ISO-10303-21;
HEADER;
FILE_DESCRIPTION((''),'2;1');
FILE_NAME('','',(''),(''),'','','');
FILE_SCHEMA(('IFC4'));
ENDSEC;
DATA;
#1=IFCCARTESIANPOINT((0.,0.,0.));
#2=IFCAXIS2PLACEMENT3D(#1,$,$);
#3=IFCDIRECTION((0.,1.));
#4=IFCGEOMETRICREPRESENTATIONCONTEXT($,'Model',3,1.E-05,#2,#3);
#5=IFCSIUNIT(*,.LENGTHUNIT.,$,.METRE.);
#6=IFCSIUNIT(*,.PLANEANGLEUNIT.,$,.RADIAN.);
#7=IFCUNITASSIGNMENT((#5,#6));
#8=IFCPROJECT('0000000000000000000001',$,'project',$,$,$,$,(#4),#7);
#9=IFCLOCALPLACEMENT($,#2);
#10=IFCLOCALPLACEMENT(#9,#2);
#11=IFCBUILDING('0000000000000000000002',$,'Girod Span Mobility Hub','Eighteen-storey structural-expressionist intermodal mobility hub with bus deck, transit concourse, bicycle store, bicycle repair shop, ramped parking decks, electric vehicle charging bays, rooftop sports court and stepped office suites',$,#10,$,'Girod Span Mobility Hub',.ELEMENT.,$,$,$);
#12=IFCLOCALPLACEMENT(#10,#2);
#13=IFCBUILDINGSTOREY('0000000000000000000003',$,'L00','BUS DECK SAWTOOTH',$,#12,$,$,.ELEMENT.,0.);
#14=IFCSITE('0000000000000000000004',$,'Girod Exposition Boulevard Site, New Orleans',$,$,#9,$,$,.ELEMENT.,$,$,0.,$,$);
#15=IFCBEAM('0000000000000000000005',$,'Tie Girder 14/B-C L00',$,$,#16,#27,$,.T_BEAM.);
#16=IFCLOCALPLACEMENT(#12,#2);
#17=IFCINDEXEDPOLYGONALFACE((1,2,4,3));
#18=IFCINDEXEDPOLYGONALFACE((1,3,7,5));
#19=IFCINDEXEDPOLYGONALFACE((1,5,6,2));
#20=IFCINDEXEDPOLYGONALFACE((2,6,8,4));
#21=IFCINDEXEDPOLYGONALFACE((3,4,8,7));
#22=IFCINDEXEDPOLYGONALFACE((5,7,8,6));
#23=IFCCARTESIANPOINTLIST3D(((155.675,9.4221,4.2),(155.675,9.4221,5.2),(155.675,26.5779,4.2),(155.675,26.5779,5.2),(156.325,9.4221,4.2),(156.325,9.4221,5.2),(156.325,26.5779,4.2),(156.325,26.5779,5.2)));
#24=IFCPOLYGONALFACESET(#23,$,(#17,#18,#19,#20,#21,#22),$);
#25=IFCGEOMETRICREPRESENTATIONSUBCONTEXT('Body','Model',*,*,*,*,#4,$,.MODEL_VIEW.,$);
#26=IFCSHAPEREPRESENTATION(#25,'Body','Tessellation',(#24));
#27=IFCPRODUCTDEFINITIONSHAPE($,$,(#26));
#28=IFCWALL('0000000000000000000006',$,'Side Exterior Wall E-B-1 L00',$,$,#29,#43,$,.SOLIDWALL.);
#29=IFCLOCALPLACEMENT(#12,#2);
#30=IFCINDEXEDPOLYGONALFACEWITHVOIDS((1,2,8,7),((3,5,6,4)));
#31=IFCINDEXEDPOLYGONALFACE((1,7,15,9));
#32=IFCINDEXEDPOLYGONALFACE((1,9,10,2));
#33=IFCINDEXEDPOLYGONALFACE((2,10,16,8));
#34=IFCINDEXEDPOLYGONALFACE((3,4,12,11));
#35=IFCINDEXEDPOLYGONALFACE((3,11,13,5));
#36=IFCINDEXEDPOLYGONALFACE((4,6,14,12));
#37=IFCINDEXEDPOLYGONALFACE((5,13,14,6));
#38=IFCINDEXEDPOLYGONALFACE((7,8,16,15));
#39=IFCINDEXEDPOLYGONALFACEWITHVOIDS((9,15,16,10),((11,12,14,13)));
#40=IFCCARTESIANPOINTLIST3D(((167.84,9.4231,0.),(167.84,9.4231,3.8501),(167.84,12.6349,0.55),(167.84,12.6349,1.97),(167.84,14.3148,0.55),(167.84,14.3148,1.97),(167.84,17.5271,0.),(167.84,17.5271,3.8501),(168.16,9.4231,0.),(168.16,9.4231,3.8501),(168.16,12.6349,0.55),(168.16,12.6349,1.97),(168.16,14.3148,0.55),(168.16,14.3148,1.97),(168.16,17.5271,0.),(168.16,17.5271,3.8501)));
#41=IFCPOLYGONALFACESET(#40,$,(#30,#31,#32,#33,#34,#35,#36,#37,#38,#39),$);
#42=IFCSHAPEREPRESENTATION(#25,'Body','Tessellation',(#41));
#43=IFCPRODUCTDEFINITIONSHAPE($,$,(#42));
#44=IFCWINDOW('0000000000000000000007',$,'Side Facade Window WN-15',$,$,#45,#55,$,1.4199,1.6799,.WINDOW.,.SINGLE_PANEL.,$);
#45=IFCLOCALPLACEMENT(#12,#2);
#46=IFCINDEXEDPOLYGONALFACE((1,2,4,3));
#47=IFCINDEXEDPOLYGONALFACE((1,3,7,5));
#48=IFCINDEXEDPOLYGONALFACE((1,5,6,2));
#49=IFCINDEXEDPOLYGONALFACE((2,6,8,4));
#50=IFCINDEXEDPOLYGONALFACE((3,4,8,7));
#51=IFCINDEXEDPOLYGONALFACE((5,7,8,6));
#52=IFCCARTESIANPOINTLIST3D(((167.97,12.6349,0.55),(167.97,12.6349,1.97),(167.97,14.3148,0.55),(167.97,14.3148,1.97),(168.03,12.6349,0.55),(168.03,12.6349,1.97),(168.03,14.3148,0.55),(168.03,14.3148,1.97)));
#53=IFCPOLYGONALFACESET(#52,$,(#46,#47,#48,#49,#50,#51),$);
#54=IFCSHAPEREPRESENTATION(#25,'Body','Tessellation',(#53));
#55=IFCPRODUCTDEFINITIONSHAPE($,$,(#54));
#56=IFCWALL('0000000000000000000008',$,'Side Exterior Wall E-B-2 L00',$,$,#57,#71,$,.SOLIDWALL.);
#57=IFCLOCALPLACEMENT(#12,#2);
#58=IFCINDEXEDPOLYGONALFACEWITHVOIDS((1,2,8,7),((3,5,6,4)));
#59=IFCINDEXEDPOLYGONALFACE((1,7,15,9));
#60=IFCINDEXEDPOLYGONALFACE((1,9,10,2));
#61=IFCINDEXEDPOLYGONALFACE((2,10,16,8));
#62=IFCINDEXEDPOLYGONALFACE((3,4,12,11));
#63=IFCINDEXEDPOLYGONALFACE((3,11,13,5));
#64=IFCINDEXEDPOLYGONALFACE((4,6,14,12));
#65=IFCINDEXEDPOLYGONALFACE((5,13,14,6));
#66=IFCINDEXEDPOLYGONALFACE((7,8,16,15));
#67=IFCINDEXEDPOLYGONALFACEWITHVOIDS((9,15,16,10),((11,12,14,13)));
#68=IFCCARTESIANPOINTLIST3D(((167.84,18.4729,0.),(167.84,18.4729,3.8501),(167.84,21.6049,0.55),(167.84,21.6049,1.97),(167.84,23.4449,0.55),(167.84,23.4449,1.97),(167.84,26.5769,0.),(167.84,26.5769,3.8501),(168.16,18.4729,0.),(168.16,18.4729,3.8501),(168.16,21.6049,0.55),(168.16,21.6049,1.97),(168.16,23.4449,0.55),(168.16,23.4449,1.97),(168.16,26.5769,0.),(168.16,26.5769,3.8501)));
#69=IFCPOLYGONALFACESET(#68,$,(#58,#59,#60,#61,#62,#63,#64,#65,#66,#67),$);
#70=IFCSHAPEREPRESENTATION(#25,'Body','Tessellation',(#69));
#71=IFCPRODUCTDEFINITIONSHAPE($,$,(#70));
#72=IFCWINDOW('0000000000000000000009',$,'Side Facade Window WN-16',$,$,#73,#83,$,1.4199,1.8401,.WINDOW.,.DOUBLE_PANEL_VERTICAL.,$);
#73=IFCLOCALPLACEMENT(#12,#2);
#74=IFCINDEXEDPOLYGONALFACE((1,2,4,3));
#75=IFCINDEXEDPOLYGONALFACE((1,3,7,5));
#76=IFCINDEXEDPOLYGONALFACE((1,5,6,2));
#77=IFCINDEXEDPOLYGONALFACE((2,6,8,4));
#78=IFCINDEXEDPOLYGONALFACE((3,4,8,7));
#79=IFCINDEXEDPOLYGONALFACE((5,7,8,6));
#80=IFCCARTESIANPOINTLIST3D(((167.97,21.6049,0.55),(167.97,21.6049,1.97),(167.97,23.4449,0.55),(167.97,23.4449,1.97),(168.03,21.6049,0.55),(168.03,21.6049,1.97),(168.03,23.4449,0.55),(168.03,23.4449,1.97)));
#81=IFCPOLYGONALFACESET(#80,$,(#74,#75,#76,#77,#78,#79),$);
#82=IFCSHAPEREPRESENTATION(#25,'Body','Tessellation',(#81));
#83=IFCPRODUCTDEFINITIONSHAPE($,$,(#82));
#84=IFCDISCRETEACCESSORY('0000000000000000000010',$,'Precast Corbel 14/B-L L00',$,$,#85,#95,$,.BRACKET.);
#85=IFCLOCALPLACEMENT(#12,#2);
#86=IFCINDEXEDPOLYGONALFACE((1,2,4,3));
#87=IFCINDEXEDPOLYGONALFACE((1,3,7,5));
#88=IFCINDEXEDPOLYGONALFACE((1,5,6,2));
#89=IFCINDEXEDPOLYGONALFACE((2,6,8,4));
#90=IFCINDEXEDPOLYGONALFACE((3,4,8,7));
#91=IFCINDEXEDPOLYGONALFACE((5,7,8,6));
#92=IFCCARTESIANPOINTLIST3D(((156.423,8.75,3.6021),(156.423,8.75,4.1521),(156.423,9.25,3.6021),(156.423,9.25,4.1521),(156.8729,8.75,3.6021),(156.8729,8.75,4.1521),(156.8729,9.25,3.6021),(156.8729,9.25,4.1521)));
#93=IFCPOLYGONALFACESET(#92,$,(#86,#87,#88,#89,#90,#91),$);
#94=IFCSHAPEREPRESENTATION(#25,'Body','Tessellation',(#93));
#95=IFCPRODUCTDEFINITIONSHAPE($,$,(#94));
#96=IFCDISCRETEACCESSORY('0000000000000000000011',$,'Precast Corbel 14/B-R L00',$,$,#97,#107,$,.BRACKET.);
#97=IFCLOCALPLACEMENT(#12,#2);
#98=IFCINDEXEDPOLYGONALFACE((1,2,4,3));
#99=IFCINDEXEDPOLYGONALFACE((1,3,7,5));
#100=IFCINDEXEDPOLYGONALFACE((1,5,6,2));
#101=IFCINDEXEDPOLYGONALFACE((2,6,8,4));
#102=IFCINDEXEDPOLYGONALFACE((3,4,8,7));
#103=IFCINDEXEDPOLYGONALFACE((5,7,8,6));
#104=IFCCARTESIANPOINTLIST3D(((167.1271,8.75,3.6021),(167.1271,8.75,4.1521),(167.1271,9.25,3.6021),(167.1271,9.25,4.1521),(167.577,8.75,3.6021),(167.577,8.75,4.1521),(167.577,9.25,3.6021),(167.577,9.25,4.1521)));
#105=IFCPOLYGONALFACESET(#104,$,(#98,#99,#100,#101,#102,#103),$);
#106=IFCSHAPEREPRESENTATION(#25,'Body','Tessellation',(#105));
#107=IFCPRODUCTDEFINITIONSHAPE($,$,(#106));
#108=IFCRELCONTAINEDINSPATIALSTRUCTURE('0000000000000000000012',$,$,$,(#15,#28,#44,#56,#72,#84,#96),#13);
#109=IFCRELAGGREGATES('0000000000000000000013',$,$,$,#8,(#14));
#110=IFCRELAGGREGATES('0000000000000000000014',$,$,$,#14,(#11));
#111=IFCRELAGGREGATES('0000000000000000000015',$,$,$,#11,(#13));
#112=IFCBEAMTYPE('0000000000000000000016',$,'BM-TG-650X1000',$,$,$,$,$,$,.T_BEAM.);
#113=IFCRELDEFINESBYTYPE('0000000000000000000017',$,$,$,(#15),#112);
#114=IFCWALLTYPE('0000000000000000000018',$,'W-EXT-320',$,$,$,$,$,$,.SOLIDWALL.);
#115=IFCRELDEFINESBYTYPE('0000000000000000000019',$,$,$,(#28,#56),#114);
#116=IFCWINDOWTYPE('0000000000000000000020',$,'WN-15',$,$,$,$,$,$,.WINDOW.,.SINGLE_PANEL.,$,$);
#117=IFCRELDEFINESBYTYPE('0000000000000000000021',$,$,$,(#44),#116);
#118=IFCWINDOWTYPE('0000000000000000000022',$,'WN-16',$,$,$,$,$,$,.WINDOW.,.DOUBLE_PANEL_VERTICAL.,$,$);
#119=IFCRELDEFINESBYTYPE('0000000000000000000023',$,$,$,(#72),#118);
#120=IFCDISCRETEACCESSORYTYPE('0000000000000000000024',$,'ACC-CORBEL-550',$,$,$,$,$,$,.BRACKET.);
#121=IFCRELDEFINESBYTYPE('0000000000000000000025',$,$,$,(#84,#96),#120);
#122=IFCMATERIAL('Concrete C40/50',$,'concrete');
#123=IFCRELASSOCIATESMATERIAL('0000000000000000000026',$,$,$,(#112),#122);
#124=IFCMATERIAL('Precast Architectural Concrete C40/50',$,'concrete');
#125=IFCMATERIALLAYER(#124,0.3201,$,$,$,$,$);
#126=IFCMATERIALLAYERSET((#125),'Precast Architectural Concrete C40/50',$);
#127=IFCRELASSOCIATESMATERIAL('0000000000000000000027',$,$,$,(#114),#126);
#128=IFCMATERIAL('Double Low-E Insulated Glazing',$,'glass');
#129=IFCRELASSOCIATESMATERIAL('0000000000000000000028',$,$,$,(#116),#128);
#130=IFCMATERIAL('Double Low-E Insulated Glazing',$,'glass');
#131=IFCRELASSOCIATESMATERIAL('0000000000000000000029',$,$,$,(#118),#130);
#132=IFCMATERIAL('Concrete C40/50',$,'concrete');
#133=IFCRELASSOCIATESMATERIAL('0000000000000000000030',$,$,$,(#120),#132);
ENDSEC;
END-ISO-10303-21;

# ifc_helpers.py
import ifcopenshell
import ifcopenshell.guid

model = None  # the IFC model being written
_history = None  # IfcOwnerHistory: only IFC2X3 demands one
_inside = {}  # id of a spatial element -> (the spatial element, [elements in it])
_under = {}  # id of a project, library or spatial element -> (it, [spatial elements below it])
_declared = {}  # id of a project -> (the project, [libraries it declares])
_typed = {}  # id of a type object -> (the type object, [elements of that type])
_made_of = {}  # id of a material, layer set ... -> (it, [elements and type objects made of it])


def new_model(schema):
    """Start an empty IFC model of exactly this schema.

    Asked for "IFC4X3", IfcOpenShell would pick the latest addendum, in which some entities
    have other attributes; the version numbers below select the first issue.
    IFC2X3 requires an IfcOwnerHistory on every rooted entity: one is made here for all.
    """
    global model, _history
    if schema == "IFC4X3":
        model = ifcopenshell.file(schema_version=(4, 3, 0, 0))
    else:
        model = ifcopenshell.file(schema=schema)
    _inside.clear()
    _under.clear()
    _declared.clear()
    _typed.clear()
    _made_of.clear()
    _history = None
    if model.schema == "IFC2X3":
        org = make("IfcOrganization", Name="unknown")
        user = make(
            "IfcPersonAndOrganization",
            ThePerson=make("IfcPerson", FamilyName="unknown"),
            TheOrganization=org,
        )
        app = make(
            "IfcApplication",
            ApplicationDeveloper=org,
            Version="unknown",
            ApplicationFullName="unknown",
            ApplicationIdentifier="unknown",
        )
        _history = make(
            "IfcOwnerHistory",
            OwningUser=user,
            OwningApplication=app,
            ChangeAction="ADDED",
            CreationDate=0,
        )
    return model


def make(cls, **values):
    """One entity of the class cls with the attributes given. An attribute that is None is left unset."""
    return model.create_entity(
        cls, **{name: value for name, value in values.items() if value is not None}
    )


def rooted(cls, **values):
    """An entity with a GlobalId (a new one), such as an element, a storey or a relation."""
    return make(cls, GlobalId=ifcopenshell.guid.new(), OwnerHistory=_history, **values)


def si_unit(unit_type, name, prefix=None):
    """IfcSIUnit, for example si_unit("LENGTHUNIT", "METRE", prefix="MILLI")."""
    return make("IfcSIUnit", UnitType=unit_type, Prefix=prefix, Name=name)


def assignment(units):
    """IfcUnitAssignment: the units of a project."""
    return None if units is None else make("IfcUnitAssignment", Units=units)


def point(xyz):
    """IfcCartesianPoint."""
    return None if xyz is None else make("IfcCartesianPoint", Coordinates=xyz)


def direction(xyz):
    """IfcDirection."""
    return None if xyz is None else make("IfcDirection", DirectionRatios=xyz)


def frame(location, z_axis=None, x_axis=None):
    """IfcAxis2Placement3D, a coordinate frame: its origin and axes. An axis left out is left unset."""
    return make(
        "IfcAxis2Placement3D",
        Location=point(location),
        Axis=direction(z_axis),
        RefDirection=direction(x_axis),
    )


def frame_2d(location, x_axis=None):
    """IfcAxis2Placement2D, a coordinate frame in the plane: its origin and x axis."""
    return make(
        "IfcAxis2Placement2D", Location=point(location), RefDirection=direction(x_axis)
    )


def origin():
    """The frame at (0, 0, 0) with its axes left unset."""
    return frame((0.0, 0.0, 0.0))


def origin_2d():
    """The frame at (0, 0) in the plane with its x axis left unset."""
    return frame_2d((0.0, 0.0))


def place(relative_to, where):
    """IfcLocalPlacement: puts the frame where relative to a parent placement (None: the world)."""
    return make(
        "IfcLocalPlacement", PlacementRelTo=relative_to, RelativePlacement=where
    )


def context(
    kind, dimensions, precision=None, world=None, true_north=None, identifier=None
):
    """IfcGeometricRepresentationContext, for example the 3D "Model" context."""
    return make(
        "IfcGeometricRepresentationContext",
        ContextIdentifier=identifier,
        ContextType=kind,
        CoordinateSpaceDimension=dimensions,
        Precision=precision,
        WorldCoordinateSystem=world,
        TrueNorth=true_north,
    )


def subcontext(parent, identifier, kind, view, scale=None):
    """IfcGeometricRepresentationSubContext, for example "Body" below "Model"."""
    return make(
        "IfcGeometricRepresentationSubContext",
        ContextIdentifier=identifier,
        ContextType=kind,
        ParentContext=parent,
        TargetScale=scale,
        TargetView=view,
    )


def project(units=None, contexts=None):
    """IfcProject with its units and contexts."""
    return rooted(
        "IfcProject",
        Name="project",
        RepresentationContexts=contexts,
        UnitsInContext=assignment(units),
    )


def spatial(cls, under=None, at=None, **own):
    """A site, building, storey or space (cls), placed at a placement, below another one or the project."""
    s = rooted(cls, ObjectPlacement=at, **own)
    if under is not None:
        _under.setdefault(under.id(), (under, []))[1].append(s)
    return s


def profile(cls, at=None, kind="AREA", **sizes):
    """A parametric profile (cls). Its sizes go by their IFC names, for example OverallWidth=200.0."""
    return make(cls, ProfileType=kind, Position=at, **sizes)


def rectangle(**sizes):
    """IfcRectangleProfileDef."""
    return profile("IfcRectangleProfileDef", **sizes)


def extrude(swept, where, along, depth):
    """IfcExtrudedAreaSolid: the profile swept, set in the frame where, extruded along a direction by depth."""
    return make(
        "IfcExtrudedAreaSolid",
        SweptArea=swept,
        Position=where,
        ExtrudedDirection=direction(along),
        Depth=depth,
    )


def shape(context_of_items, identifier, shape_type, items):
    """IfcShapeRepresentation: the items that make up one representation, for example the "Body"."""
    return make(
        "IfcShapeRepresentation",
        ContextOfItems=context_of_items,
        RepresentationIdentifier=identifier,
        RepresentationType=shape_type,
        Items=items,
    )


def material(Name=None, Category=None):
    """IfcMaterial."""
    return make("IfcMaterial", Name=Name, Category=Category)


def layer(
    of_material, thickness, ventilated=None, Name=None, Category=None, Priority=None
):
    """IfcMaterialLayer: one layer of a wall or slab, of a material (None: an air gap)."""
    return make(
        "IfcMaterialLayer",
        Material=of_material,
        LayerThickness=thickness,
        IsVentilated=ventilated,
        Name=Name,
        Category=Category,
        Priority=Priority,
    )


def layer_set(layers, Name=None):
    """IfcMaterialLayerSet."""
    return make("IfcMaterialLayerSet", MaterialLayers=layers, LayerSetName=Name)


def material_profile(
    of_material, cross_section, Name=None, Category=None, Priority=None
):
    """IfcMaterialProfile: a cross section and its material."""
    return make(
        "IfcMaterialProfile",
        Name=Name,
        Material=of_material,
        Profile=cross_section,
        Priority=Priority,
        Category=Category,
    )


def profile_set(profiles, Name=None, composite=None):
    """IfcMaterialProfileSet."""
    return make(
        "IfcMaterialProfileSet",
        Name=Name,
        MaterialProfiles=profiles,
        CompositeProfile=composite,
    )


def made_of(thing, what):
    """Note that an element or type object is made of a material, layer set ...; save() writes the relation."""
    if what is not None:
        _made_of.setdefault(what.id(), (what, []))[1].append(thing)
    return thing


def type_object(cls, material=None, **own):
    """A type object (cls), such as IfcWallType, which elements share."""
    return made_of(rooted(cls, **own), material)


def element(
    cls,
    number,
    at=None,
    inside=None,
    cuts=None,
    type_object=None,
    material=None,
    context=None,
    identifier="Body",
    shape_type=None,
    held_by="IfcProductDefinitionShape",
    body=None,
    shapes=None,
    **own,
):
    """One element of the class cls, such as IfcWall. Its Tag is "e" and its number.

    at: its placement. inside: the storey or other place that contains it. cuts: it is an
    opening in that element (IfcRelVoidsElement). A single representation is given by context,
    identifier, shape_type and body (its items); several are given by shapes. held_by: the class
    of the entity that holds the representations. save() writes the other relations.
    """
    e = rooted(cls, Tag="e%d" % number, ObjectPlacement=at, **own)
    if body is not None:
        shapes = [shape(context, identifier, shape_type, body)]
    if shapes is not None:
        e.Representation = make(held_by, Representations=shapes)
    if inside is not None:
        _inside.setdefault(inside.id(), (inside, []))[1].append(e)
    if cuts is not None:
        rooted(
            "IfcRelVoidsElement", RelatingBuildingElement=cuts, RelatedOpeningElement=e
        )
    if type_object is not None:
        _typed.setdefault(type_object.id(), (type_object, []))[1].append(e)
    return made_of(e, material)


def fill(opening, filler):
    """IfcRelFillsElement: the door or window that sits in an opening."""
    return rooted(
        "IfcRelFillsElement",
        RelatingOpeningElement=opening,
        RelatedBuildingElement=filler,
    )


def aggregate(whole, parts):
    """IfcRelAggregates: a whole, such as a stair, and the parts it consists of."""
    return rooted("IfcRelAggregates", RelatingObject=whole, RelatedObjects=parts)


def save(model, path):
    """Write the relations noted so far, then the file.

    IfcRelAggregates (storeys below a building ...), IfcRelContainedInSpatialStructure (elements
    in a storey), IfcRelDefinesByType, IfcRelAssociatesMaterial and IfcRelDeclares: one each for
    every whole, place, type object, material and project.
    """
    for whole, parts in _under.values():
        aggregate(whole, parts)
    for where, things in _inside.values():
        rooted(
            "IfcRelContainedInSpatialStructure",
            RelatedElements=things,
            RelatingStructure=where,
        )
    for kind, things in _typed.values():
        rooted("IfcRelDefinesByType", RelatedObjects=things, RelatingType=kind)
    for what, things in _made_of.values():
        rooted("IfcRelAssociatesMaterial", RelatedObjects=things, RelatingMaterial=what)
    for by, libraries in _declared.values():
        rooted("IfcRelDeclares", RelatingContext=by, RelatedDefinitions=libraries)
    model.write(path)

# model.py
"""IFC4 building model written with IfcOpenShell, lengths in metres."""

from ifc_helpers import new_model, si_unit, direction, frame, frame_2d, origin, origin_2d, place, context, subcontext, project, spatial, rectangle, extrude, material, layer, layer_set, material_profile, profile_set, type_object, element, fill, save


model = new_model("IFC4")

# Units and contexts
model_context = context("Model", 3, precision=1e-05, world=origin(), true_north=direction((0.0, 1.0)))
body_context = subcontext(model_context, "Body", "Model", "MODEL_VIEW")
ifc_project = project(units=[si_unit("LENGTHUNIT", "METRE"), si_unit("PLANEANGLEUNIT", "RADIAN")], contexts=[model_context])

# Site, building, storey
site_placement = place(None, origin())
site = spatial("IfcSite", under=ifc_project, at=site_placement, Name="Girod Exposition Boulevard Site, New Orleans", CompositionType="ELEMENT", RefElevation=0.0)
building_placement = place(site_placement, origin())
building = spatial("IfcBuilding", under=site, at=building_placement, Name="Girod Span Mobility Hub", Description="Eighteen-storey structural-expressionist intermodal mobility hub with bus deck, transit concourse, bicycle store, bicycle repair shop, ramped parking decks, electric vehicle charging bays, rooftop sports court and stepped office suites", LongName="Girod Span Mobility Hub", CompositionType="ELEMENT")
storey_placement = place(building_placement, origin())
storey = spatial("IfcBuildingStorey", under=building, at=storey_placement, Name="L00", Description="BUS DECK SAWTOOTH", CompositionType="ELEMENT", Elevation=0.0)

# Beam
ifc_material_1 = material(Name="Concrete C40/50", Category="concrete")
ifc_material_profile_1 = material_profile(ifc_material_1, rectangle(XDim=0.6499, YDim=1.0, at=origin_2d()), Name="TG-650X1000")
ifc_profile_set_1 = profile_set([ifc_material_profile_1], Name="Concrete C40/50")
beam_type_1 = type_object("IfcBeamType", Name="BM-TG-650X1000", PredefinedType="T_BEAM", material=ifc_profile_set_1)
beam_1_placement = place(storey_placement, frame((156.0, 9.4221, 4.7), z_axis=(0.0, 1.0, 0.0), x_axis=(-1.0, 0.0, 0.0)))
element("IfcBeam", 1, at=beam_1_placement, inside=storey, type_object=beam_type_1, Name="Tie Girder 14/B-C L00", PredefinedType="T_BEAM", context=body_context, shape_type="SweptSolid", body=[
    extrude(rectangle(XDim=0.6499, YDim=1.0, at=origin_2d()), origin(), (0.0, 0.0, 1.0), 17.1558),
])

# Walls, openings, windows
ifc_material_2 = material(Name="Precast Architectural Concrete C40/50", Category="concrete")
ifc_layer = layer(ifc_material_2, 0.3201)
ifc_layer_set = layer_set([ifc_layer], Name="Precast Architectural Concrete C40/50")
wall_type = type_object("IfcWallType", Name="W-EXT-320", PredefinedType="SOLIDWALL", material=ifc_layer_set)
wall_1_placement = place(storey_placement, frame((168.0, 9.4231, 0.0), z_axis=(0.0, 0.0, 1.0), x_axis=(0.0, 1.0, 0.0)))
wall_1 = element("IfcWall", 2, at=wall_1_placement, inside=storey, type_object=wall_type, Name="Side Exterior Wall E-B-1 L00", PredefinedType="SOLIDWALL", context=body_context, shape_type="SweptSolid", body=[
    extrude(rectangle(XDim=8.104, YDim=0.3201, at=frame_2d((4.052, 0.0))), origin(), (0.0, 0.0, 1.0), 3.8501),
])
opening_1_placement = place(wall_1_placement, frame((3.2119, 0.0, 0.55)))
opening_1 = element("IfcOpeningElement", 3, at=opening_1_placement, cuts=wall_1, PredefinedType="OPENING", context=body_context, shape_type="SweptSolid", body=[
    extrude(rectangle(XDim=1.6799, YDim=1.4199, at=frame_2d((0.8398, 0.71))), frame((0.0, 0.175, 0.0), z_axis=(0.0, -1.0, 0.0), x_axis=(1.0, 0.0, 0.0)), (0.0, 0.0, 1.0), 0.3501),
])
ifc_material_3 = material(Name="Double Low-E Insulated Glazing", Category="glass")
window_type_1 = type_object("IfcWindowType", Name="WN-15", PartitioningType="SINGLE_PANEL", PredefinedType="WINDOW", material=ifc_material_3)
window_1_placement = place(opening_1_placement, origin())
window_1 = element("IfcWindow", 4, at=window_1_placement, inside=storey, type_object=window_type_1, Name="Side Facade Window WN-15", OverallHeight=1.4199, OverallWidth=1.6799, PartitioningType="SINGLE_PANEL", PredefinedType="WINDOW", context=body_context, shape_type="SweptSolid", body=[
    extrude(rectangle(XDim=1.6799, YDim=1.4199, at=frame_2d((0.8398, 0.71))), frame((0.0, 0.03, 0.0), z_axis=(0.0, -1.0, 0.0), x_axis=(1.0, 0.0, 0.0)), (0.0, 0.0, 1.0), 0.0601),
])
fill(opening_1, window_1)
wall_2_placement = place(storey_placement, frame((168.0, 18.4729, 0.0), z_axis=(0.0, 0.0, 1.0), x_axis=(0.0, 1.0, 0.0)))
wall_2 = element("IfcWall", 5, at=wall_2_placement, inside=storey, type_object=wall_type, Name="Side Exterior Wall E-B-2 L00", PredefinedType="SOLIDWALL", context=body_context, shape_type="SweptSolid", body=[
    extrude(rectangle(XDim=8.104, YDim=0.3201, at=frame_2d((4.052, 0.0))), origin(), (0.0, 0.0, 1.0), 3.8501),
])
opening_2_placement = place(wall_2_placement, frame((3.1321, 0.0, 0.55)))
opening_2 = element("IfcOpeningElement", 6, at=opening_2_placement, cuts=wall_2, PredefinedType="OPENING", context=body_context, shape_type="SweptSolid", body=[
    extrude(rectangle(XDim=1.8401, YDim=1.4199, at=frame_2d((0.9199, 0.71))), frame((0.0, 0.175, 0.0), z_axis=(0.0, -1.0, 0.0), x_axis=(1.0, 0.0, 0.0)), (0.0, 0.0, 1.0), 0.3501),
])
ifc_material_4 = material(Name="Double Low-E Insulated Glazing", Category="glass")
window_type_2 = type_object("IfcWindowType", Name="WN-16", PartitioningType="DOUBLE_PANEL_VERTICAL", PredefinedType="WINDOW", material=ifc_material_4)
window_2_placement = place(opening_2_placement, origin())
window_2 = element("IfcWindow", 7, at=window_2_placement, inside=storey, type_object=window_type_2, Name="Side Facade Window WN-16", OverallHeight=1.4199, OverallWidth=1.8401, PartitioningType="DOUBLE_PANEL_VERTICAL", PredefinedType="WINDOW", context=body_context, shape_type="SweptSolid", body=[
    extrude(rectangle(XDim=1.8401, YDim=1.4199, at=frame_2d((0.9199, 0.71))), frame((0.0, 0.03, 0.0), z_axis=(0.0, -1.0, 0.0), x_axis=(1.0, 0.0, 0.0)), (0.0, 0.0, 1.0), 0.0601),
])
fill(opening_2, window_2)

# Discrete accessories
ifc_material_5 = material(Name="Concrete C40/50", Category="concrete")
discrete_accessory_type = type_object("IfcDiscreteAccessoryType", Name="ACC-CORBEL-550", PredefinedType="BRACKET", material=ifc_material_5)
for number, where, z_axis, x_axis, name in (
    (8, (156.6479, 9.0, 3.6021), (0.0, 0.0, 1.0), (1.0, 0.0, 0.0), "Precast Corbel 14/B-L L00"),
    (9, (167.3521, 9.0, 3.6021), (0.0, 0.0, 1.0), (1.0, 0.0, 0.0), "Precast Corbel 14/B-R L00"),
):
    element("IfcDiscreteAccessory", number, at=place(storey_placement, frame(where, z_axis=z_axis, x_axis=x_axis)), inside=storey, type_object=discrete_accessory_type, Name=name, PredefinedType="BRACKET", context=body_context, shape_type="SweptSolid", body=[
        extrude(rectangle(XDim=0.45, YDim=0.5, at=origin_2d()), origin(), (0.0, 0.0, 1.0), 0.55),
    ])

save(model, "model.ifc")
